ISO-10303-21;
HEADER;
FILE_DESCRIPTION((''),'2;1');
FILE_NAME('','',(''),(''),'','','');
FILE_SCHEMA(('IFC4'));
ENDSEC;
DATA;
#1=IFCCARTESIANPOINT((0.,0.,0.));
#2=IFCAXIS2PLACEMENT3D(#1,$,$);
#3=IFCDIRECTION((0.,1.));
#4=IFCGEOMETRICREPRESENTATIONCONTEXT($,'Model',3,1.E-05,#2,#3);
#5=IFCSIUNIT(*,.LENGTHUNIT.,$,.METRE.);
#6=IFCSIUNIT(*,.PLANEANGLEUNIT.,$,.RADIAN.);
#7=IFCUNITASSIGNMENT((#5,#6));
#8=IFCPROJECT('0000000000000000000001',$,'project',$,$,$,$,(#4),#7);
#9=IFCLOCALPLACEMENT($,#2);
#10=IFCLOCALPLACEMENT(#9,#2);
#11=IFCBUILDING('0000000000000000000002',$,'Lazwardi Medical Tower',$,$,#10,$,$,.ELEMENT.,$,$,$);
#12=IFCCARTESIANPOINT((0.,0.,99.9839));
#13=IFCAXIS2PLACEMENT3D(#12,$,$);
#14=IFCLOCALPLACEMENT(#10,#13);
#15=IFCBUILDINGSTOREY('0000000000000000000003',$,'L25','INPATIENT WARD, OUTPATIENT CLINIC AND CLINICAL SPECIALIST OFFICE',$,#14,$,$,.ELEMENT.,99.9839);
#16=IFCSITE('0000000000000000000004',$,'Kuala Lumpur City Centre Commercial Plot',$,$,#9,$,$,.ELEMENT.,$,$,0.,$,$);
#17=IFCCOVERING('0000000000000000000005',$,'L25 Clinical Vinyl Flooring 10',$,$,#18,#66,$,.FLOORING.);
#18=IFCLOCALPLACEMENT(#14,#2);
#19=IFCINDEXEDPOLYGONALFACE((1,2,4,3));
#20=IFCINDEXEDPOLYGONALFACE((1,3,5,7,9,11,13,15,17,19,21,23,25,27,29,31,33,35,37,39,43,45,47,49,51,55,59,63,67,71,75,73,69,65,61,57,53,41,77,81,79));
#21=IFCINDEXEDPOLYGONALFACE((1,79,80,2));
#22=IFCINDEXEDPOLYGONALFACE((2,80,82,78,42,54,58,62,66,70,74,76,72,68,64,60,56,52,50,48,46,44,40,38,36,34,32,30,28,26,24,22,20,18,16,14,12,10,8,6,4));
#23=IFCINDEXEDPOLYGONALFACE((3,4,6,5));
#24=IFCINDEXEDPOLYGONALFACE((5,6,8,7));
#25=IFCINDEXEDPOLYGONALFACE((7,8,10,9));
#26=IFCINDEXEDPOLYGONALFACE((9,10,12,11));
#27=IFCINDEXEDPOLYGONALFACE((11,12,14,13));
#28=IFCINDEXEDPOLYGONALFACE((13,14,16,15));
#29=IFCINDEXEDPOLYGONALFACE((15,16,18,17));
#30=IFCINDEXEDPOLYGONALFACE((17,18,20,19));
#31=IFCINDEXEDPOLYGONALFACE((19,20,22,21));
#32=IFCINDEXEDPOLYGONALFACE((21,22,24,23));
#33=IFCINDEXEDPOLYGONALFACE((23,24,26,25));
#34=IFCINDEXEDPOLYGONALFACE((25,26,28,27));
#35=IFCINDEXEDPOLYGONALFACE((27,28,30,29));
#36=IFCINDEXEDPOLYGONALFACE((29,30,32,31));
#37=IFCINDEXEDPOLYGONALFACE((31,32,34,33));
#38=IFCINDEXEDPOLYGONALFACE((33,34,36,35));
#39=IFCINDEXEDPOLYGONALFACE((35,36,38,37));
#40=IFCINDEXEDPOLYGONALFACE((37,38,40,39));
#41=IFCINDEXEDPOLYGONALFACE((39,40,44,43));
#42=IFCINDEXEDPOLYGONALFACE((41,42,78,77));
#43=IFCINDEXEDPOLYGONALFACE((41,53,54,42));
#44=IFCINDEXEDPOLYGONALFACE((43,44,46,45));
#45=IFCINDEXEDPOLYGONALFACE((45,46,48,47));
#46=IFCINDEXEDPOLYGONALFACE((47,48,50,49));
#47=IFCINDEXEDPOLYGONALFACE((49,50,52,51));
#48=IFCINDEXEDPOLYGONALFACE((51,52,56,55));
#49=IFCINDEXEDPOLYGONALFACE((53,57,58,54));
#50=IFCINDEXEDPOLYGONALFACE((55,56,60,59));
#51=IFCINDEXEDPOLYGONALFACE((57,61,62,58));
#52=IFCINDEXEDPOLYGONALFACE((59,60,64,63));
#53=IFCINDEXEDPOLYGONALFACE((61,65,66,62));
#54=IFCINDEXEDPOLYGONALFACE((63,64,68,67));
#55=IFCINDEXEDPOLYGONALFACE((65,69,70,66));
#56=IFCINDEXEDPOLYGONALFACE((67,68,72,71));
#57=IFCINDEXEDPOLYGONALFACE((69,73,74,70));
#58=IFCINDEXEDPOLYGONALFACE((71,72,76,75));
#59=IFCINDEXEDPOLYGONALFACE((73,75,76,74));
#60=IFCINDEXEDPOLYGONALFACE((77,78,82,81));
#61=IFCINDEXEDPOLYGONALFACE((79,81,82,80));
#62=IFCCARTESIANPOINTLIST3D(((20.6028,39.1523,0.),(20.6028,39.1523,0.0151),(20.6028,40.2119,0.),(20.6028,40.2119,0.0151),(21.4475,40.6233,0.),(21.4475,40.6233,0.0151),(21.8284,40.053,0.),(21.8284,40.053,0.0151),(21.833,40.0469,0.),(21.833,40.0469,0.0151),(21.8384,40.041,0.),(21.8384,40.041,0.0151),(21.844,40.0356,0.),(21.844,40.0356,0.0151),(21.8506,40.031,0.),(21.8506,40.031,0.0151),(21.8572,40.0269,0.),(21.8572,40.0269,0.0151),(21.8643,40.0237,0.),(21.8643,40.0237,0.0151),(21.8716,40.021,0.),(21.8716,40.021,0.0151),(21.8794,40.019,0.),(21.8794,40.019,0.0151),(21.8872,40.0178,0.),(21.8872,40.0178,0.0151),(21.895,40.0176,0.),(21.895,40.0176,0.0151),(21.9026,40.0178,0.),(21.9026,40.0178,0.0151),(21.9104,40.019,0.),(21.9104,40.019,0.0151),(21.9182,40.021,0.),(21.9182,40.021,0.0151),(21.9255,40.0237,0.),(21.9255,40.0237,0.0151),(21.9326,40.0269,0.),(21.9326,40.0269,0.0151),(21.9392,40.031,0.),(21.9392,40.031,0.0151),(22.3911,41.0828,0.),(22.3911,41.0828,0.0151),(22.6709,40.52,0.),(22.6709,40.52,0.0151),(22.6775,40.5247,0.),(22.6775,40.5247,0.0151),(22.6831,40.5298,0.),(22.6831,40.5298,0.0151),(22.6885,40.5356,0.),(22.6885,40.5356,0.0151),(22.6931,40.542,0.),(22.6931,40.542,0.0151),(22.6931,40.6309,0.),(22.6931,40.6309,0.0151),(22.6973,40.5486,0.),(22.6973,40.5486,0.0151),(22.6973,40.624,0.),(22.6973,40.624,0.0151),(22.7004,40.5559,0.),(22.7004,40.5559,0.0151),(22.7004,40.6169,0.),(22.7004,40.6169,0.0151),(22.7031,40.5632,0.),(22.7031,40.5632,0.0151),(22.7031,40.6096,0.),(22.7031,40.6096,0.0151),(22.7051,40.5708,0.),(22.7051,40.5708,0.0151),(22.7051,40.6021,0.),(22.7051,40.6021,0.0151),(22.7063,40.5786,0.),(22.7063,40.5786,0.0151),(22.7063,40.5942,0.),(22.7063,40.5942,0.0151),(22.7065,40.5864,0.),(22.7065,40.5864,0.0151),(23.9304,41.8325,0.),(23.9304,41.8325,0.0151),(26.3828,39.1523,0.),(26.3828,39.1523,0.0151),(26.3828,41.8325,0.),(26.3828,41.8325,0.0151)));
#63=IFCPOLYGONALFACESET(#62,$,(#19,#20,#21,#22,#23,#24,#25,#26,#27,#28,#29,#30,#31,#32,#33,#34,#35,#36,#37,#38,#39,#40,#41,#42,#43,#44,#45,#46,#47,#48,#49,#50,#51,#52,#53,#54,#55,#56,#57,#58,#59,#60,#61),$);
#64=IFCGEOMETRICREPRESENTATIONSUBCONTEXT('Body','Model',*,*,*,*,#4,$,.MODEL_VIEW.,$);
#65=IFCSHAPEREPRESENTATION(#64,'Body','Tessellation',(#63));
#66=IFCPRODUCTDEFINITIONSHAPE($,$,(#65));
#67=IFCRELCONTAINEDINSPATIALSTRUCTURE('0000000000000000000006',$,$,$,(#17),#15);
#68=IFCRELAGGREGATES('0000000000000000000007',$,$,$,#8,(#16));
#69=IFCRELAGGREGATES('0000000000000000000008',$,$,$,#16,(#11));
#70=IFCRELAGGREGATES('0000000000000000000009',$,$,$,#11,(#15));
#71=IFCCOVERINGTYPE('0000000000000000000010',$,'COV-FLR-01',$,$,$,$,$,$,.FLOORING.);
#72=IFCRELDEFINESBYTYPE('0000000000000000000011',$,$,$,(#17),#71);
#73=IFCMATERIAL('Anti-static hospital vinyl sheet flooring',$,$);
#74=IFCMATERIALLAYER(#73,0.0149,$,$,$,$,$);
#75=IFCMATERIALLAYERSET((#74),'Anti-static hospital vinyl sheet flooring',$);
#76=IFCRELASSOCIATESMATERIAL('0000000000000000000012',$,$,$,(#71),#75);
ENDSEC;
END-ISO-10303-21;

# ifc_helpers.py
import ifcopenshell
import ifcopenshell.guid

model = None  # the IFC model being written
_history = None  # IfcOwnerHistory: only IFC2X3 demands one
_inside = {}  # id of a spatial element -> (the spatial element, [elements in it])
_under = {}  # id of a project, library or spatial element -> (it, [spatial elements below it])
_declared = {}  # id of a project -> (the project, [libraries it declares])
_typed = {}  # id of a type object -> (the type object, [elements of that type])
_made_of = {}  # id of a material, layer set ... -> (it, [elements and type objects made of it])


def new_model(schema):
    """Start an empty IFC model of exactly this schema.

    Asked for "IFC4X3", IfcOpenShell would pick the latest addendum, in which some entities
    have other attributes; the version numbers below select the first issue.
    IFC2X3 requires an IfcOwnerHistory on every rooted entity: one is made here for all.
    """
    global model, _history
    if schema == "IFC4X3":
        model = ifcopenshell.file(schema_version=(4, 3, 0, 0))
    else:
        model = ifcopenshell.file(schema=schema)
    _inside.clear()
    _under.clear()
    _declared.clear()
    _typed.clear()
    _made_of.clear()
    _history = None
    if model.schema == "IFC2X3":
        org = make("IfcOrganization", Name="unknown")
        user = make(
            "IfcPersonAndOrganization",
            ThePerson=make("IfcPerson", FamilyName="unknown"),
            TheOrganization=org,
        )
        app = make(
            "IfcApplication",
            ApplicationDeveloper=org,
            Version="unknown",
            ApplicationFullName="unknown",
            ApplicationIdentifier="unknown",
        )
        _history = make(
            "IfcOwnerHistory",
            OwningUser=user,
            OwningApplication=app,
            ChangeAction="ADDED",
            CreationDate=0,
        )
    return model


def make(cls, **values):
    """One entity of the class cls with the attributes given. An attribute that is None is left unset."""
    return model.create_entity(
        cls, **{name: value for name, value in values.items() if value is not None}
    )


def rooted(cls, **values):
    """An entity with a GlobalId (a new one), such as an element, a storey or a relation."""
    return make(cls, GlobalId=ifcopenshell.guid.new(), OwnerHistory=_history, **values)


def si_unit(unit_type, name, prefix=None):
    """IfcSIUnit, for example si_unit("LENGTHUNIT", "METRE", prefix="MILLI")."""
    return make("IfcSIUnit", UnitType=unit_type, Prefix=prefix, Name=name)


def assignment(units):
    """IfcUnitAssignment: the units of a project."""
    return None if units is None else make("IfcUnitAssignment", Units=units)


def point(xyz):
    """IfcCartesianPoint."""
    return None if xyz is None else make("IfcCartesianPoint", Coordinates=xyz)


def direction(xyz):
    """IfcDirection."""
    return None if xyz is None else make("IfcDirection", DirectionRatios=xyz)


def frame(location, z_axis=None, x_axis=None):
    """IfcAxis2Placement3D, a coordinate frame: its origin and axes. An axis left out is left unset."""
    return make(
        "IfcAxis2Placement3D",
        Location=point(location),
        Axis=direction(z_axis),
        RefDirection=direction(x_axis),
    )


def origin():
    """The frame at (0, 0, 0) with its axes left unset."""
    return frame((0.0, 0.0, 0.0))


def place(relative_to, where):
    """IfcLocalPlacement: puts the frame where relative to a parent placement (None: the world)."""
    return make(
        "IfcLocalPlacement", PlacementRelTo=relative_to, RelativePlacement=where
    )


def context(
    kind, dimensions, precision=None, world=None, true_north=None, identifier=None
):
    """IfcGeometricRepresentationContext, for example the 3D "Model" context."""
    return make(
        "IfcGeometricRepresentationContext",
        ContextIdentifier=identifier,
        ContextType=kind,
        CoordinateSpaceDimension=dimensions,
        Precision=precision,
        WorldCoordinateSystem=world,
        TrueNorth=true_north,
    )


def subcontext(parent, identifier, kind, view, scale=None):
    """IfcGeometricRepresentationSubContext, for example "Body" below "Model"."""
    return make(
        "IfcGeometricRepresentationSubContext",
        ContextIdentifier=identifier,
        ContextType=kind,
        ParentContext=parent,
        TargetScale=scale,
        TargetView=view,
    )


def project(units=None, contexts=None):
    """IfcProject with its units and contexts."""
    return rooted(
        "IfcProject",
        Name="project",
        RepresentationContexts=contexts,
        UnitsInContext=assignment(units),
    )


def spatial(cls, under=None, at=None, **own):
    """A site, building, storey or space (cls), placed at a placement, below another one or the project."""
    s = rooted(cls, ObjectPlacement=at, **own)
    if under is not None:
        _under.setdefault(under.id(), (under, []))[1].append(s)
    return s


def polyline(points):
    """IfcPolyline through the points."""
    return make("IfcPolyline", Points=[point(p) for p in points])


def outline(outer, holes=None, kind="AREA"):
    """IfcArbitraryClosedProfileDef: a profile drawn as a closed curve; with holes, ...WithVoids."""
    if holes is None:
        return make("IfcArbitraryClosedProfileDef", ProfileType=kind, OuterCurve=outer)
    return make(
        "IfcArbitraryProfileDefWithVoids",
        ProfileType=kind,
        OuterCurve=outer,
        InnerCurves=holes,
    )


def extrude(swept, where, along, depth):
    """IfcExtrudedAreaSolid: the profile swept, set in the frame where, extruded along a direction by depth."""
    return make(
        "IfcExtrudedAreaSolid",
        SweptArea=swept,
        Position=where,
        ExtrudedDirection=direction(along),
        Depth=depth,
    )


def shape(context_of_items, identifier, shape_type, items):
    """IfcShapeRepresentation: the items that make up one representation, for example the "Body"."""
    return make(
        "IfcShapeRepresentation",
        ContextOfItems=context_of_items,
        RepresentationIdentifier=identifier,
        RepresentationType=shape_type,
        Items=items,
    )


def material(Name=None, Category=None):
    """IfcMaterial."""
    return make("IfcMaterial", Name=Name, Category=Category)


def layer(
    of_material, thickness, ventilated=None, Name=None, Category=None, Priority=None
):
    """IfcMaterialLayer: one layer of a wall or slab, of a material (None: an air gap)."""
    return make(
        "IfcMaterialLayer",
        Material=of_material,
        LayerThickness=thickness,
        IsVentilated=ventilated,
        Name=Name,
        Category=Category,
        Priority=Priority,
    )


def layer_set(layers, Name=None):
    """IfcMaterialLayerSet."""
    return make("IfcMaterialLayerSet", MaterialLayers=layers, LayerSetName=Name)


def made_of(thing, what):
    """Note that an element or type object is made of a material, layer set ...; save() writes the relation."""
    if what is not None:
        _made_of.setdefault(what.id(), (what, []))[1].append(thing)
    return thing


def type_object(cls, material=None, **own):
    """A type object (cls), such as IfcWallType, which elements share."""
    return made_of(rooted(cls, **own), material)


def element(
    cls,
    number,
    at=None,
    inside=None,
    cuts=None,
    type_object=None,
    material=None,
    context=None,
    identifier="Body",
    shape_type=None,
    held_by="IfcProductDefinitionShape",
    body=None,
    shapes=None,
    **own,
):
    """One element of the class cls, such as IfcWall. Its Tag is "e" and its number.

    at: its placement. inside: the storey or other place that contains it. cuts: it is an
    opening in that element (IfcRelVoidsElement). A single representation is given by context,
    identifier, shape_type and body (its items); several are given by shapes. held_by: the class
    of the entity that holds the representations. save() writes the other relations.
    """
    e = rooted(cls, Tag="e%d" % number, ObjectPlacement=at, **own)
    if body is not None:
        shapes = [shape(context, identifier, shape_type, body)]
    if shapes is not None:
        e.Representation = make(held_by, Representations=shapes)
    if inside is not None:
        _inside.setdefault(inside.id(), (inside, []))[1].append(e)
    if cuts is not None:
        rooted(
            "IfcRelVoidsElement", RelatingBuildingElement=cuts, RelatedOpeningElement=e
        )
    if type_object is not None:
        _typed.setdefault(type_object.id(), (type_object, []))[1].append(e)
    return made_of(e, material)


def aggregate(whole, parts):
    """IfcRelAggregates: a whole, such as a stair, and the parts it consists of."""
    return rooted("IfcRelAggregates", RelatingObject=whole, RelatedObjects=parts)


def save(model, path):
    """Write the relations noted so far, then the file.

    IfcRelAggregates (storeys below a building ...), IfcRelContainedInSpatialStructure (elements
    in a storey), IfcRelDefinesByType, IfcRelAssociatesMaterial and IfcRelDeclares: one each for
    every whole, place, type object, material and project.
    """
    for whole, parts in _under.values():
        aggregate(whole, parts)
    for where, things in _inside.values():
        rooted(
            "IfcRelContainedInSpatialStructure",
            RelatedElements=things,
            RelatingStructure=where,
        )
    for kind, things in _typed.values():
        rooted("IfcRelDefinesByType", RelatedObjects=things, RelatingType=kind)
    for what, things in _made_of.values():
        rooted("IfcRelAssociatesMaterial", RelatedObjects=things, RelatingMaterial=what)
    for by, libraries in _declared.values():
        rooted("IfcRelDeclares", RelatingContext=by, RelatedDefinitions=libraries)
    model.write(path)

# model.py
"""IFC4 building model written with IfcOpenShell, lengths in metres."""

from ifc_helpers import new_model, si_unit, direction, frame, origin, place, context, subcontext, project, spatial, polyline, outline, extrude, material, layer, layer_set, type_object, element, save


model = new_model("IFC4")

# Units and contexts
model_context = context("Model", 3, precision=1e-05, world=origin(), true_north=direction((0.0, 1.0)))
body_context = subcontext(model_context, "Body", "Model", "MODEL_VIEW")
ifc_project = project(units=[si_unit("LENGTHUNIT", "METRE"), si_unit("PLANEANGLEUNIT", "RADIAN")], contexts=[model_context])

# Site, building, storey
site_placement = place(None, origin())
site = spatial("IfcSite", under=ifc_project, at=site_placement, Name="Kuala Lumpur City Centre Commercial Plot", CompositionType="ELEMENT", RefElevation=0.0)
building_placement = place(site_placement, origin())
building = spatial("IfcBuilding", under=site, at=building_placement, Name="Lazwardi Medical Tower", CompositionType="ELEMENT")
storey_placement = place(building_placement, frame((0.0, 0.0, 99.9839)))
storey = spatial("IfcBuildingStorey", under=building, at=storey_placement, Name="L25", Description="INPATIENT WARD, OUTPATIENT CLINIC AND CLINICAL SPECIALIST OFFICE", CompositionType="ELEMENT", Elevation=99.9839)

# Covering
ifc_material_1 = material(Name="Anti-static hospital vinyl sheet flooring")
ifc_layer_1 = layer(ifc_material_1, 0.0149)
ifc_layer_set_1 = layer_set([ifc_layer_1], Name="Anti-static hospital vinyl sheet flooring")
covering_type_1 = type_object("IfcCoveringType", Name="COV-FLR-01", PredefinedType="FLOORING", material=ifc_layer_set_1)
covering_1_placement = place(storey_placement, origin())
element("IfcCovering", 1, at=covering_1_placement, inside=storey, type_object=covering_type_1, Name="L25 Clinical Vinyl Flooring 10", PredefinedType="FLOORING", context=body_context, shape_type="SweptSolid", body=[
    extrude(outline(polyline([(23.9304, 41.8325), (22.3911, 41.0828), (22.6931, 40.6309), (22.6973, 40.624), (22.7004, 40.6169), (22.7031, 40.6096), (22.7051, 40.6021), (22.7063, 40.5942), (22.7065, 40.5864), (22.7063, 40.5786), (22.7051, 40.5708), (22.7031, 40.5632), (22.7004, 40.5559), (22.6973, 40.5486), (22.6931, 40.542), (22.6885, 40.5356), (22.6831, 40.5298), (22.6775, 40.5247), (22.6709, 40.52), (21.9392, 40.031), (21.9326, 40.0269), (21.9255, 40.0237), (21.9182, 40.021), (21.9104, 40.019), (21.9026, 40.0178), (21.895, 40.0176), (21.8872, 40.0178), (21.8794, 40.019), (21.8716, 40.021), (21.8643, 40.0237), (21.8572, 40.0269), (21.8506, 40.031), (21.844, 40.0356), (21.8384, 40.041), (21.833, 40.0469), (21.8284, 40.053), (21.4475, 40.6233), (20.6028, 40.2119), (20.6028, 39.1523), (26.3828, 39.1523), (26.3828, 41.8325), (23.9304, 41.8325)])), origin(), (0.0, 0.0, 1.0), 0.0151),
])

save(model, "model.ifc")
